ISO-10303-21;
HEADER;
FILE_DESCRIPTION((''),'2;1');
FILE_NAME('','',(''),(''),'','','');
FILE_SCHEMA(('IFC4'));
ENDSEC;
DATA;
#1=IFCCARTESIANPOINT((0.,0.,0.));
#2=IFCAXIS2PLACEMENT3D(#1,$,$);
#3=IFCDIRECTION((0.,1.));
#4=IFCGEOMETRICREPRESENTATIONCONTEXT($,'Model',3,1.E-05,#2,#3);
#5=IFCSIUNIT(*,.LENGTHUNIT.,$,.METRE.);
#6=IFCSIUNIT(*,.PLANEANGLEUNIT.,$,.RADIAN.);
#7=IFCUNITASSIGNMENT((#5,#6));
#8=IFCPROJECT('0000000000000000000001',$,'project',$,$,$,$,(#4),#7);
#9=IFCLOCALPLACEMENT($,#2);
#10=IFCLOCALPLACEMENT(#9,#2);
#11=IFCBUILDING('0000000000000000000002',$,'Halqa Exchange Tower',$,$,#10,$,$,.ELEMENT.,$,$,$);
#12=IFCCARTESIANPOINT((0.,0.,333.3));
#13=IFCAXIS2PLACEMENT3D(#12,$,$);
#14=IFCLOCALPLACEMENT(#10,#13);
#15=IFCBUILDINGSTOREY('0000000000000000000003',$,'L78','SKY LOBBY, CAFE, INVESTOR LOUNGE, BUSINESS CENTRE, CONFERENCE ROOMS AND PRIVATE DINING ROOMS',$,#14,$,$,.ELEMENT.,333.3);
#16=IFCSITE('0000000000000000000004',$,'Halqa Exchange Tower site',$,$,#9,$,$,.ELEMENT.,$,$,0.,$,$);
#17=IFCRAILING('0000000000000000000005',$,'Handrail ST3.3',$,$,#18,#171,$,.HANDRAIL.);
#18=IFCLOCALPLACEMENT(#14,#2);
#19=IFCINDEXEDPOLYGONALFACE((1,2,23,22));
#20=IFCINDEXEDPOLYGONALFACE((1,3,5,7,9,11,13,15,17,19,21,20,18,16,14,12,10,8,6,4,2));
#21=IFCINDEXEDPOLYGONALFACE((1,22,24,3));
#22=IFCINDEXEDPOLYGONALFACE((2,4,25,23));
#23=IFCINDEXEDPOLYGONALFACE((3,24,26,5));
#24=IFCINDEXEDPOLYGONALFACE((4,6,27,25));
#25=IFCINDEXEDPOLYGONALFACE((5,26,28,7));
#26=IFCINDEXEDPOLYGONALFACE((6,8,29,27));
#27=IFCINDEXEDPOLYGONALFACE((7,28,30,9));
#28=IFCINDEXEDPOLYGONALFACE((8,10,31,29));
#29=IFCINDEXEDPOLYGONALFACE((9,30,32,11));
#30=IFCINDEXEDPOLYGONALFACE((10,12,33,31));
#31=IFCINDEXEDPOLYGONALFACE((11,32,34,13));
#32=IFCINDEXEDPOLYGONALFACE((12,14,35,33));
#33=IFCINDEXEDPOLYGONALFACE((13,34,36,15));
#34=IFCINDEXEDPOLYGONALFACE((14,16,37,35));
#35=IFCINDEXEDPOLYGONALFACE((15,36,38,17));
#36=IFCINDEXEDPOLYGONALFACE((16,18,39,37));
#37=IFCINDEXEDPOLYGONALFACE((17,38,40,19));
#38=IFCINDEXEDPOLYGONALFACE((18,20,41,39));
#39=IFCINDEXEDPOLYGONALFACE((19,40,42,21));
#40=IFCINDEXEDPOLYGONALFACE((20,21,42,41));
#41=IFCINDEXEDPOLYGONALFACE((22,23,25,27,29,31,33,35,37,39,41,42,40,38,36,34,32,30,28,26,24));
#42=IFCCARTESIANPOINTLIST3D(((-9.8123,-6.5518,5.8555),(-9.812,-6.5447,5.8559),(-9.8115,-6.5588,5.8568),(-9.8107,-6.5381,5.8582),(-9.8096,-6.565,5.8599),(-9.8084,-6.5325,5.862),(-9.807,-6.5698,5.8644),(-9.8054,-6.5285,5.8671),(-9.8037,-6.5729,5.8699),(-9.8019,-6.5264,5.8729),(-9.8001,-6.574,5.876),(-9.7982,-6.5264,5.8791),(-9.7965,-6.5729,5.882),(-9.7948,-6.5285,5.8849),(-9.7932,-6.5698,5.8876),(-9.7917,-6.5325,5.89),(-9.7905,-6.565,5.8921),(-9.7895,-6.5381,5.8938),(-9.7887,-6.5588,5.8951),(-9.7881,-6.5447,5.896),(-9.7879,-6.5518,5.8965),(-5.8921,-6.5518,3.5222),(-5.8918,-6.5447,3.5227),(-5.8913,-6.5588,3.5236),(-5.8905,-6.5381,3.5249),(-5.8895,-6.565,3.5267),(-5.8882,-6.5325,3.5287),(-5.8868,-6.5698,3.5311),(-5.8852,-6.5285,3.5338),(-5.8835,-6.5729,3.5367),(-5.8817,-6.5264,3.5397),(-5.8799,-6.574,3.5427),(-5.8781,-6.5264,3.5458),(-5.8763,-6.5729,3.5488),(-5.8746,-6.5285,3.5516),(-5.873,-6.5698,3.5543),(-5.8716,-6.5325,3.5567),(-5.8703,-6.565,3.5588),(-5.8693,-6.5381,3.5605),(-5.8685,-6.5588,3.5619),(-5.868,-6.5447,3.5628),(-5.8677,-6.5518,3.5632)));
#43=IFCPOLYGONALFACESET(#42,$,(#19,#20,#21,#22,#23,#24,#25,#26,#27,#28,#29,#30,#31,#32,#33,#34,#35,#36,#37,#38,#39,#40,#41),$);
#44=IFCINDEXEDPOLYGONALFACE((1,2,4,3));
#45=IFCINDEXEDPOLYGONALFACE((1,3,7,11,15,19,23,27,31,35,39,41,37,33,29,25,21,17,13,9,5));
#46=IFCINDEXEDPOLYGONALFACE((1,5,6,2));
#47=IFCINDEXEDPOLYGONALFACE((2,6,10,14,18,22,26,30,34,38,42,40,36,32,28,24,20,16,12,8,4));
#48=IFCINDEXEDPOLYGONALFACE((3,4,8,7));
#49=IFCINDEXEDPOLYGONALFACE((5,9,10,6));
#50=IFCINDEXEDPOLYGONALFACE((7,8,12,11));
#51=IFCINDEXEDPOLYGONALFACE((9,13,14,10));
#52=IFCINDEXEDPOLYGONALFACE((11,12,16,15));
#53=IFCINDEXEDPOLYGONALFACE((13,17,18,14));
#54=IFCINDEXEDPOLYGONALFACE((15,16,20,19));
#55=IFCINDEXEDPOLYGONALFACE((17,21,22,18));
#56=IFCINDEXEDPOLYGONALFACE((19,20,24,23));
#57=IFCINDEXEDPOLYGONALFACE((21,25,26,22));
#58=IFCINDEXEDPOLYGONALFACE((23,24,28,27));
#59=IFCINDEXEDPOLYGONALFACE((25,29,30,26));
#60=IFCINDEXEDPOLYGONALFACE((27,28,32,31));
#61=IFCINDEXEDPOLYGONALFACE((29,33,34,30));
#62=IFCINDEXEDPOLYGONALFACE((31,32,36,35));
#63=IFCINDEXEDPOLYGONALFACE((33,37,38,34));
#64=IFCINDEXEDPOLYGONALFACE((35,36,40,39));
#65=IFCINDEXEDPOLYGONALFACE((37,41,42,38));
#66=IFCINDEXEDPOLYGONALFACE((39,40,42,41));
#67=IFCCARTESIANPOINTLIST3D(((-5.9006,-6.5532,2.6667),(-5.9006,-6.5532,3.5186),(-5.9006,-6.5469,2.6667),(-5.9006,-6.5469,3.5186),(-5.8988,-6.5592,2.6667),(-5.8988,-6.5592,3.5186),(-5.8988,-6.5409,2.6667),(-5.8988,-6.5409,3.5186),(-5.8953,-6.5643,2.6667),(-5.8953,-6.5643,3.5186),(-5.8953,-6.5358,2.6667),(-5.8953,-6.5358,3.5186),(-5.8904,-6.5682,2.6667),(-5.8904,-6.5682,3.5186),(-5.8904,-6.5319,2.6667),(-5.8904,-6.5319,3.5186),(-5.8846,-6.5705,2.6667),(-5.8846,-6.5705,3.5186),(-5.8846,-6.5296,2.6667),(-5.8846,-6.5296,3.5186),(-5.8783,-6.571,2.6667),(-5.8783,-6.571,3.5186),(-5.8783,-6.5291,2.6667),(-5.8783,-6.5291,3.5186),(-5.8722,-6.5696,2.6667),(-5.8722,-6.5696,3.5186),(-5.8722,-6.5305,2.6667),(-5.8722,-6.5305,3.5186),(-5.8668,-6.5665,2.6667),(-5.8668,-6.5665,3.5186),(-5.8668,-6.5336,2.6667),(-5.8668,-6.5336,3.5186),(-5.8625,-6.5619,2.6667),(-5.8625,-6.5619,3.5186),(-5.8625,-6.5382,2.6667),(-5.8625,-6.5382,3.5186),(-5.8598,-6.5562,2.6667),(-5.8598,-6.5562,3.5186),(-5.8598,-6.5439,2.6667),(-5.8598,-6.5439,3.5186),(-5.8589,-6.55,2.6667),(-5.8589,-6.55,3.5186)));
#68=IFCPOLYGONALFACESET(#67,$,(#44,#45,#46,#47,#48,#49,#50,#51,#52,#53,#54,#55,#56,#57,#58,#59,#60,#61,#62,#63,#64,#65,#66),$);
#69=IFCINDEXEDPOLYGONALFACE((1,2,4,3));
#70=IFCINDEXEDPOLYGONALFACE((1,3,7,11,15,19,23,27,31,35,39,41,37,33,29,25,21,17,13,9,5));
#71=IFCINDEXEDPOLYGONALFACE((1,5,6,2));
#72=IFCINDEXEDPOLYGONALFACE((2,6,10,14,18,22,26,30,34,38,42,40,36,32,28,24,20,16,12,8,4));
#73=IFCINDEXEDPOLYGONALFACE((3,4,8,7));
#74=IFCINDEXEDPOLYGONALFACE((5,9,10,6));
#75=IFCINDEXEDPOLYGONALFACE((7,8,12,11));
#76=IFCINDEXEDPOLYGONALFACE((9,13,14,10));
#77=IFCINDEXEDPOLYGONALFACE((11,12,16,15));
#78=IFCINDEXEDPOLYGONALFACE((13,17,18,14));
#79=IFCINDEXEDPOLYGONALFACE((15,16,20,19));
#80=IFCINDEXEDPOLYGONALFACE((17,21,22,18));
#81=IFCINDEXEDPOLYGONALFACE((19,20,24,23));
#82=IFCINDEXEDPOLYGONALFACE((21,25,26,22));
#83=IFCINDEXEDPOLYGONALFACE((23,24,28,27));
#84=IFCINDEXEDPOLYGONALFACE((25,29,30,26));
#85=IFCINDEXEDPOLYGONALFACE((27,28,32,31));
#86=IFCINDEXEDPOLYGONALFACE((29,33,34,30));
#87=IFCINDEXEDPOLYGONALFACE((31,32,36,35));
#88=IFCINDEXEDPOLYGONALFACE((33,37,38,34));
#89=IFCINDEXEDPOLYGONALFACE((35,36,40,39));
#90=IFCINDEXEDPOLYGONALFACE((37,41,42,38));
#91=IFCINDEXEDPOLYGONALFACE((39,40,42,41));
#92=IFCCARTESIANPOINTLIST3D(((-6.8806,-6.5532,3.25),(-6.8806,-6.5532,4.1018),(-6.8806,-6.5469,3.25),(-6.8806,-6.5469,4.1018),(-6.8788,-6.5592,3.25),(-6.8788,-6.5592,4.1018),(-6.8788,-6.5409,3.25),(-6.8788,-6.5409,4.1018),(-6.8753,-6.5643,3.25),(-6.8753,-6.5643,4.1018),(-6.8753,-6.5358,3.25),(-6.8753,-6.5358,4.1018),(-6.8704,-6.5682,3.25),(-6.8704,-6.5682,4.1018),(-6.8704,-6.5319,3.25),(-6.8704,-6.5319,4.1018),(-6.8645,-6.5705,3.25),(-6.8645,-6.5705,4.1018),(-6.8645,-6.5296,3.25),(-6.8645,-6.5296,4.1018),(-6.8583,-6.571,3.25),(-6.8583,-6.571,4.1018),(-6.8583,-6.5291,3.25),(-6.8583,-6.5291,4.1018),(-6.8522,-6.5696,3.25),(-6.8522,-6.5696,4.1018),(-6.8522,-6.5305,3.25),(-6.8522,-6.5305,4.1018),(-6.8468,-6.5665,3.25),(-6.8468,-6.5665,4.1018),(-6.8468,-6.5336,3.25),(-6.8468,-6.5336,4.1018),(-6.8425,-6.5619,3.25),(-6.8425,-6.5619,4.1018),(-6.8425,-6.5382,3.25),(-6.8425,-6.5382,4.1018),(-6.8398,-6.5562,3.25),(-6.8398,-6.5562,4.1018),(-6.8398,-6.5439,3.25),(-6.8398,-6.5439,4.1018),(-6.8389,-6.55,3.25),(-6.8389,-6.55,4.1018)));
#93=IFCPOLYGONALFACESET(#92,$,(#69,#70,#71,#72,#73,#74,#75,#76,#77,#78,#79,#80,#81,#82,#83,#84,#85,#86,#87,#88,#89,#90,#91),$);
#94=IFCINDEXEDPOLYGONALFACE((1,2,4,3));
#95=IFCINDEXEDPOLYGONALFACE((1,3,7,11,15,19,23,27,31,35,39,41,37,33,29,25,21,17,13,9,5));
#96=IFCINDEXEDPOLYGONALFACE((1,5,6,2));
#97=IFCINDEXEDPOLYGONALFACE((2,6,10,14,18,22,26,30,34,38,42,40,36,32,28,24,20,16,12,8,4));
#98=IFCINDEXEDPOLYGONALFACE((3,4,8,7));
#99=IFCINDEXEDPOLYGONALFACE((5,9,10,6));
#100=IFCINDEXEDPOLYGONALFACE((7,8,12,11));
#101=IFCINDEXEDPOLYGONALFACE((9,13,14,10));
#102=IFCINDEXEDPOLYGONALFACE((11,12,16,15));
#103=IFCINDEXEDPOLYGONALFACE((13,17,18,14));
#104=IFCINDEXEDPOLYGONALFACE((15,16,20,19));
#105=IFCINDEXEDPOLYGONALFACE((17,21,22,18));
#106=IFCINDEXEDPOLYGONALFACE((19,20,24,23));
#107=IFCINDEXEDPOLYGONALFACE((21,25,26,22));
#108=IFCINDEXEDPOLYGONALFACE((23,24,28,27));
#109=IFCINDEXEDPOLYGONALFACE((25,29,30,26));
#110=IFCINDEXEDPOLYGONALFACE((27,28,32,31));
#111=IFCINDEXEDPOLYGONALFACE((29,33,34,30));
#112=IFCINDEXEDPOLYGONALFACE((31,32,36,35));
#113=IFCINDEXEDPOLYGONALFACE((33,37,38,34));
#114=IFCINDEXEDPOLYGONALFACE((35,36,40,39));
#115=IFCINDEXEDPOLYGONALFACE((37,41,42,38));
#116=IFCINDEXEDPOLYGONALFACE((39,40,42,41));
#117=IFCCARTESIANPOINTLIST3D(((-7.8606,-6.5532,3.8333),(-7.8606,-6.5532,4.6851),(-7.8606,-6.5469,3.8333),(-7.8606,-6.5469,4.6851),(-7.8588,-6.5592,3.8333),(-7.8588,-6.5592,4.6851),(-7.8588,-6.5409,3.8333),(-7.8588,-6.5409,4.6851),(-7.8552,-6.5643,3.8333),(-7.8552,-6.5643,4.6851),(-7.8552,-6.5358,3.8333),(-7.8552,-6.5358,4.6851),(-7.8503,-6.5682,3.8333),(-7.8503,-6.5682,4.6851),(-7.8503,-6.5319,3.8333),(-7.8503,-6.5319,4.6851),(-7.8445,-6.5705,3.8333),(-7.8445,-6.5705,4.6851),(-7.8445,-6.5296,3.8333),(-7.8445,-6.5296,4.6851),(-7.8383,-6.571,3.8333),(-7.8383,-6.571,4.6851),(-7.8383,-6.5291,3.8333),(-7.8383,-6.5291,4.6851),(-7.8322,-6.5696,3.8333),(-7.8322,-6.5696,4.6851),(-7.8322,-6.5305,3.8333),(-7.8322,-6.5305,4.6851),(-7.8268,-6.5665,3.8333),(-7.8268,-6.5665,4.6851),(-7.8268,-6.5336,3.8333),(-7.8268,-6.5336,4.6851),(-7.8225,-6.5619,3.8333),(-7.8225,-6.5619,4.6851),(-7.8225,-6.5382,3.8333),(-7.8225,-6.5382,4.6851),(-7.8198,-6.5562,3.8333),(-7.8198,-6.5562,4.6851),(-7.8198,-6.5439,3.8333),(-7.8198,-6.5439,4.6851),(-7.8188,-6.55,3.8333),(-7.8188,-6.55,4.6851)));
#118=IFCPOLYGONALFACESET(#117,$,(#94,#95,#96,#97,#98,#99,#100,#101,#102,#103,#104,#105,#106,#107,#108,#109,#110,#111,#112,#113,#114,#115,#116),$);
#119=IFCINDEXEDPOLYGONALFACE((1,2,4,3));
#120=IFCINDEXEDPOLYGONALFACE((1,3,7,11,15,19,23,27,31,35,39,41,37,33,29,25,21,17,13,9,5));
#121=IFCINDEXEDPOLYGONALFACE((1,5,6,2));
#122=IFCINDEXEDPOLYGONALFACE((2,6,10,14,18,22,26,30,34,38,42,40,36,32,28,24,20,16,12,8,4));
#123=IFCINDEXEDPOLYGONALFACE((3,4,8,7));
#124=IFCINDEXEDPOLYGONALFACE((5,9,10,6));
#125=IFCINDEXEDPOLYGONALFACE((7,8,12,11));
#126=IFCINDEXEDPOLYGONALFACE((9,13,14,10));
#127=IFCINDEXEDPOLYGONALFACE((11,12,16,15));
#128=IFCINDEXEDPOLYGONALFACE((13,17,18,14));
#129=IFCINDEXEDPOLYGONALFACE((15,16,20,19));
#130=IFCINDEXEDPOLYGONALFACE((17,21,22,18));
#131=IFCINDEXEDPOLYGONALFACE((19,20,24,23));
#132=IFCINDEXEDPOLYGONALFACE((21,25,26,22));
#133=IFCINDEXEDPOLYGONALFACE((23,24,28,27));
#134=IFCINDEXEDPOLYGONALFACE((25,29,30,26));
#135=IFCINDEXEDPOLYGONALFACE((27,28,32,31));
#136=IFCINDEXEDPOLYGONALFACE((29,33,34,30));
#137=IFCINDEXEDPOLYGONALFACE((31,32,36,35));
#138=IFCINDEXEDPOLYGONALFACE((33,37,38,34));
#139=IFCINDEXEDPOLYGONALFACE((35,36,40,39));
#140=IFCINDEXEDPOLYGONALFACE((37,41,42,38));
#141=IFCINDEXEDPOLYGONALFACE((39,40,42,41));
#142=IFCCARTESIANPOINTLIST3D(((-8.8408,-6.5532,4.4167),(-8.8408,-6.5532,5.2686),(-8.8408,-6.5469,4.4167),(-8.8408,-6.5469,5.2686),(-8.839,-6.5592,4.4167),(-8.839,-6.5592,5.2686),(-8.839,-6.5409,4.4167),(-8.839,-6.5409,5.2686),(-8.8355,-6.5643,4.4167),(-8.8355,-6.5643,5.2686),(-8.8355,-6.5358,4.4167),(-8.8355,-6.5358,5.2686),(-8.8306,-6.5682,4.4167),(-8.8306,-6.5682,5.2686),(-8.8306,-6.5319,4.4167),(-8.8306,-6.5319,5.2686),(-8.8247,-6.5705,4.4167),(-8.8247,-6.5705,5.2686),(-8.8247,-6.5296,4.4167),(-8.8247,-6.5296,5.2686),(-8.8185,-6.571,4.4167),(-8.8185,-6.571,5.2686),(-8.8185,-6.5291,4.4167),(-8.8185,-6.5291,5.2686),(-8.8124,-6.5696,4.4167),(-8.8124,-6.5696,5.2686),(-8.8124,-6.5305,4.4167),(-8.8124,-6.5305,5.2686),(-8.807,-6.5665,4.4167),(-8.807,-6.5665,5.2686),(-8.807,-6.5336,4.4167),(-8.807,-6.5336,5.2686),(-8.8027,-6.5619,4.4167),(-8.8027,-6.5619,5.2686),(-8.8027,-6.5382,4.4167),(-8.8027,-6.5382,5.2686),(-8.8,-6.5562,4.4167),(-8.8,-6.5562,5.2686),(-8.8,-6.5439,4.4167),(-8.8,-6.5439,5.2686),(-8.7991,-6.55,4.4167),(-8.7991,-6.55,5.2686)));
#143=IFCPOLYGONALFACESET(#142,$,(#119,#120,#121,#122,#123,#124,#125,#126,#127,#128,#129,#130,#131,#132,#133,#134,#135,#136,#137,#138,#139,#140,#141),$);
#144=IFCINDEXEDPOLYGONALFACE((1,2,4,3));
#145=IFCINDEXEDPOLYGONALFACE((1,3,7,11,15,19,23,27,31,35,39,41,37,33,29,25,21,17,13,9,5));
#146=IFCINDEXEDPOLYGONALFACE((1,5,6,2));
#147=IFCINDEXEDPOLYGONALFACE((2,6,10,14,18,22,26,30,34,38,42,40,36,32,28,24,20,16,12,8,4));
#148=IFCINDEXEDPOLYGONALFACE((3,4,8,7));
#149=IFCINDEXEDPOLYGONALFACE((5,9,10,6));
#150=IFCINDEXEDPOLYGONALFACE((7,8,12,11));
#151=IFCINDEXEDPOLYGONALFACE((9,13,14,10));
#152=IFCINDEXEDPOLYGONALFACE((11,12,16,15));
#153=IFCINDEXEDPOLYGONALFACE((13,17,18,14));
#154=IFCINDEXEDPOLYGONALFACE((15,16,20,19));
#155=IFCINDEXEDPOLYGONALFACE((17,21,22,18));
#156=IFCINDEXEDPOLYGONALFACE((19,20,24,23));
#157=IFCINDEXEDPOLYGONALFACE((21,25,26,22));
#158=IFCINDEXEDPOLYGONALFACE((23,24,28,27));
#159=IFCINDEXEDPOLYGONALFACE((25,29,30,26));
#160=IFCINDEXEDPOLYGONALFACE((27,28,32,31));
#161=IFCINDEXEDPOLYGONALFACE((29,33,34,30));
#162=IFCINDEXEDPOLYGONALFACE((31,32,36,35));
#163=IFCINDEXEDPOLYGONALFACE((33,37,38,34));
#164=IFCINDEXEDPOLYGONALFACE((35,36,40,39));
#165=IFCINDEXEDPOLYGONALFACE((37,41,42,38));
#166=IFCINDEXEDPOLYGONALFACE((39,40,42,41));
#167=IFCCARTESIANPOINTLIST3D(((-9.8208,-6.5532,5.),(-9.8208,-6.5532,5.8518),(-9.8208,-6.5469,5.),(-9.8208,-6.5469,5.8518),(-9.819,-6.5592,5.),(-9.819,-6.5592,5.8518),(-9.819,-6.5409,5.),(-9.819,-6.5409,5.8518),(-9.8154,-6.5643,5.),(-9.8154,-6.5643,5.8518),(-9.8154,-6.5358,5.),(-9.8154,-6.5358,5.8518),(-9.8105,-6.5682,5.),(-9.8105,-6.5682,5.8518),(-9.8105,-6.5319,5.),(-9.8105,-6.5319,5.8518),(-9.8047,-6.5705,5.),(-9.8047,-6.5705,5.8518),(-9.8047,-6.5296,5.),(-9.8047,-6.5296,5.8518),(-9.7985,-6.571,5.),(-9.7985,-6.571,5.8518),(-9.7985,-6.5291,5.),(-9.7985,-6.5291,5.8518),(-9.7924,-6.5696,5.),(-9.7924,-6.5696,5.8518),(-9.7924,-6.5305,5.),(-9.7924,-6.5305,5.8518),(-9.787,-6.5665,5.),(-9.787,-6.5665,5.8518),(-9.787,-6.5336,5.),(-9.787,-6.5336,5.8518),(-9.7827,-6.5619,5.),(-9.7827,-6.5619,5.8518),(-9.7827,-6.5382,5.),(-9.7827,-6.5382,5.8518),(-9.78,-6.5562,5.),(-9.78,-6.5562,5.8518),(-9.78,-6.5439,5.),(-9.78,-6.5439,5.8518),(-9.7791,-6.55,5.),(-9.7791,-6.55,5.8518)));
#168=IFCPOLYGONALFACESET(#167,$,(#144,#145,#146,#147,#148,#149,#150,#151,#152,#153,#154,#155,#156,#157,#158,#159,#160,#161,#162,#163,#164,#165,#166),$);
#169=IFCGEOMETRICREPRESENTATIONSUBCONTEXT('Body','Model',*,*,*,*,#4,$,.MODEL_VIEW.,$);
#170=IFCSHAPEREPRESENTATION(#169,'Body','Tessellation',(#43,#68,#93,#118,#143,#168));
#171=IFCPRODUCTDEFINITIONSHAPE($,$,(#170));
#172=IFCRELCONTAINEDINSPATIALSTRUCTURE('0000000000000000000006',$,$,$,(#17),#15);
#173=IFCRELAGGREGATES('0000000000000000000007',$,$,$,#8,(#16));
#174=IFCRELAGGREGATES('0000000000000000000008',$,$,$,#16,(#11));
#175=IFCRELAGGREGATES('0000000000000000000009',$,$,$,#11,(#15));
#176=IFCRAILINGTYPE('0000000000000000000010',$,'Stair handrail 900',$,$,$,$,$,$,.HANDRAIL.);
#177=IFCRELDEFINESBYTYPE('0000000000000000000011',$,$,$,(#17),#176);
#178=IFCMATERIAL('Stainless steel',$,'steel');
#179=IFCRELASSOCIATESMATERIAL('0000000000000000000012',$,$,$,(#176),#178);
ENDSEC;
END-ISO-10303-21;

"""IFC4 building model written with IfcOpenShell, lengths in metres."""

from ifc_helpers import new_model, si_unit, direction, frame, origin, origin_2d, place, context, subcontext, project, spatial, circle, extrude, material, type_object, element, save


model = new_model("IFC4")

# Units and contexts
model_context = context("Model", 3, precision=1e-05, world=origin(), true_north=direction((0.0, 1.0)))
body_context = subcontext(model_context, "Body", "Model", "MODEL_VIEW")
ifc_project = project(units=[si_unit("LENGTHUNIT", "METRE"), si_unit("PLANEANGLEUNIT", "RADIAN")], contexts=[model_context])

# Site, building, storey
site_placement = place(None, origin())
site = spatial("IfcSite", under=ifc_project, at=site_placement, Name="Halqa Exchange Tower site", CompositionType="ELEMENT", RefElevation=0.0)
building_placement = place(site_placement, origin())
building = spatial("IfcBuilding", under=site, at=building_placement, Name="Halqa Exchange Tower", CompositionType="ELEMENT")
storey_placement = place(building_placement, frame((0.0, 0.0, 333.3)))
storey = spatial("IfcBuildingStorey", under=building, at=storey_placement, Name="L78", Description="SKY LOBBY, CAFE, INVESTOR LOUNGE, BUSINESS CENTRE, CONFERENCE ROOMS AND PRIVATE DINING ROOMS", CompositionType="ELEMENT", Elevation=333.3)

# Shared definitions
ifc_material_1 = material(Name="Stainless steel", Category="steel")

# Railing
railing_type_1 = type_object("IfcRailingType", Name="Stair handrail 900", PredefinedType="HANDRAIL", material=ifc_material_1)
railing_1_placement = place(storey_placement, frame((-5.8799, -6.55, 2.6667)))
element("IfcRailing", 1, at=railing_1_placement, inside=storey, type_object=railing_type_1, Name="Handrail ST3.3", PredefinedType="HANDRAIL", context=body_context, shape_type="SweptSolid", body=[
    extrude(circle(Radius=0.0239, at=origin_2d()), frame((0.0, 0.0, 0.876), z_axis=(-0.85931, 0.0, 0.511455), x_axis=(0.0, -1.0, 0.0)), (0.0, 0.0, 1.0), 4.562),
    extrude(circle(Radius=0.021, at=origin_2d()), origin(), (0.0, 0.0, 1.0), 0.8518),
    extrude(circle(Radius=0.021, at=origin_2d()), frame((-0.98, 0.0, 0.5833)), (0.0, 0.0, 1.0), 0.8518),
    extrude(circle(Radius=0.021, at=origin_2d()), frame((-1.96, 0.0, 1.1665)), (0.0, 0.0, 1.0), 0.8518),
    extrude(circle(Radius=0.021, at=origin_2d()), frame((-2.9402, 0.0, 1.75)), (0.0, 0.0, 1.0), 0.8518),
    extrude(circle(Radius=0.021, at=origin_2d()), frame((-3.9202, 0.0, 2.3333)), (0.0, 0.0, 1.0), 0.8518),
])

save(model, "model.ifc")
